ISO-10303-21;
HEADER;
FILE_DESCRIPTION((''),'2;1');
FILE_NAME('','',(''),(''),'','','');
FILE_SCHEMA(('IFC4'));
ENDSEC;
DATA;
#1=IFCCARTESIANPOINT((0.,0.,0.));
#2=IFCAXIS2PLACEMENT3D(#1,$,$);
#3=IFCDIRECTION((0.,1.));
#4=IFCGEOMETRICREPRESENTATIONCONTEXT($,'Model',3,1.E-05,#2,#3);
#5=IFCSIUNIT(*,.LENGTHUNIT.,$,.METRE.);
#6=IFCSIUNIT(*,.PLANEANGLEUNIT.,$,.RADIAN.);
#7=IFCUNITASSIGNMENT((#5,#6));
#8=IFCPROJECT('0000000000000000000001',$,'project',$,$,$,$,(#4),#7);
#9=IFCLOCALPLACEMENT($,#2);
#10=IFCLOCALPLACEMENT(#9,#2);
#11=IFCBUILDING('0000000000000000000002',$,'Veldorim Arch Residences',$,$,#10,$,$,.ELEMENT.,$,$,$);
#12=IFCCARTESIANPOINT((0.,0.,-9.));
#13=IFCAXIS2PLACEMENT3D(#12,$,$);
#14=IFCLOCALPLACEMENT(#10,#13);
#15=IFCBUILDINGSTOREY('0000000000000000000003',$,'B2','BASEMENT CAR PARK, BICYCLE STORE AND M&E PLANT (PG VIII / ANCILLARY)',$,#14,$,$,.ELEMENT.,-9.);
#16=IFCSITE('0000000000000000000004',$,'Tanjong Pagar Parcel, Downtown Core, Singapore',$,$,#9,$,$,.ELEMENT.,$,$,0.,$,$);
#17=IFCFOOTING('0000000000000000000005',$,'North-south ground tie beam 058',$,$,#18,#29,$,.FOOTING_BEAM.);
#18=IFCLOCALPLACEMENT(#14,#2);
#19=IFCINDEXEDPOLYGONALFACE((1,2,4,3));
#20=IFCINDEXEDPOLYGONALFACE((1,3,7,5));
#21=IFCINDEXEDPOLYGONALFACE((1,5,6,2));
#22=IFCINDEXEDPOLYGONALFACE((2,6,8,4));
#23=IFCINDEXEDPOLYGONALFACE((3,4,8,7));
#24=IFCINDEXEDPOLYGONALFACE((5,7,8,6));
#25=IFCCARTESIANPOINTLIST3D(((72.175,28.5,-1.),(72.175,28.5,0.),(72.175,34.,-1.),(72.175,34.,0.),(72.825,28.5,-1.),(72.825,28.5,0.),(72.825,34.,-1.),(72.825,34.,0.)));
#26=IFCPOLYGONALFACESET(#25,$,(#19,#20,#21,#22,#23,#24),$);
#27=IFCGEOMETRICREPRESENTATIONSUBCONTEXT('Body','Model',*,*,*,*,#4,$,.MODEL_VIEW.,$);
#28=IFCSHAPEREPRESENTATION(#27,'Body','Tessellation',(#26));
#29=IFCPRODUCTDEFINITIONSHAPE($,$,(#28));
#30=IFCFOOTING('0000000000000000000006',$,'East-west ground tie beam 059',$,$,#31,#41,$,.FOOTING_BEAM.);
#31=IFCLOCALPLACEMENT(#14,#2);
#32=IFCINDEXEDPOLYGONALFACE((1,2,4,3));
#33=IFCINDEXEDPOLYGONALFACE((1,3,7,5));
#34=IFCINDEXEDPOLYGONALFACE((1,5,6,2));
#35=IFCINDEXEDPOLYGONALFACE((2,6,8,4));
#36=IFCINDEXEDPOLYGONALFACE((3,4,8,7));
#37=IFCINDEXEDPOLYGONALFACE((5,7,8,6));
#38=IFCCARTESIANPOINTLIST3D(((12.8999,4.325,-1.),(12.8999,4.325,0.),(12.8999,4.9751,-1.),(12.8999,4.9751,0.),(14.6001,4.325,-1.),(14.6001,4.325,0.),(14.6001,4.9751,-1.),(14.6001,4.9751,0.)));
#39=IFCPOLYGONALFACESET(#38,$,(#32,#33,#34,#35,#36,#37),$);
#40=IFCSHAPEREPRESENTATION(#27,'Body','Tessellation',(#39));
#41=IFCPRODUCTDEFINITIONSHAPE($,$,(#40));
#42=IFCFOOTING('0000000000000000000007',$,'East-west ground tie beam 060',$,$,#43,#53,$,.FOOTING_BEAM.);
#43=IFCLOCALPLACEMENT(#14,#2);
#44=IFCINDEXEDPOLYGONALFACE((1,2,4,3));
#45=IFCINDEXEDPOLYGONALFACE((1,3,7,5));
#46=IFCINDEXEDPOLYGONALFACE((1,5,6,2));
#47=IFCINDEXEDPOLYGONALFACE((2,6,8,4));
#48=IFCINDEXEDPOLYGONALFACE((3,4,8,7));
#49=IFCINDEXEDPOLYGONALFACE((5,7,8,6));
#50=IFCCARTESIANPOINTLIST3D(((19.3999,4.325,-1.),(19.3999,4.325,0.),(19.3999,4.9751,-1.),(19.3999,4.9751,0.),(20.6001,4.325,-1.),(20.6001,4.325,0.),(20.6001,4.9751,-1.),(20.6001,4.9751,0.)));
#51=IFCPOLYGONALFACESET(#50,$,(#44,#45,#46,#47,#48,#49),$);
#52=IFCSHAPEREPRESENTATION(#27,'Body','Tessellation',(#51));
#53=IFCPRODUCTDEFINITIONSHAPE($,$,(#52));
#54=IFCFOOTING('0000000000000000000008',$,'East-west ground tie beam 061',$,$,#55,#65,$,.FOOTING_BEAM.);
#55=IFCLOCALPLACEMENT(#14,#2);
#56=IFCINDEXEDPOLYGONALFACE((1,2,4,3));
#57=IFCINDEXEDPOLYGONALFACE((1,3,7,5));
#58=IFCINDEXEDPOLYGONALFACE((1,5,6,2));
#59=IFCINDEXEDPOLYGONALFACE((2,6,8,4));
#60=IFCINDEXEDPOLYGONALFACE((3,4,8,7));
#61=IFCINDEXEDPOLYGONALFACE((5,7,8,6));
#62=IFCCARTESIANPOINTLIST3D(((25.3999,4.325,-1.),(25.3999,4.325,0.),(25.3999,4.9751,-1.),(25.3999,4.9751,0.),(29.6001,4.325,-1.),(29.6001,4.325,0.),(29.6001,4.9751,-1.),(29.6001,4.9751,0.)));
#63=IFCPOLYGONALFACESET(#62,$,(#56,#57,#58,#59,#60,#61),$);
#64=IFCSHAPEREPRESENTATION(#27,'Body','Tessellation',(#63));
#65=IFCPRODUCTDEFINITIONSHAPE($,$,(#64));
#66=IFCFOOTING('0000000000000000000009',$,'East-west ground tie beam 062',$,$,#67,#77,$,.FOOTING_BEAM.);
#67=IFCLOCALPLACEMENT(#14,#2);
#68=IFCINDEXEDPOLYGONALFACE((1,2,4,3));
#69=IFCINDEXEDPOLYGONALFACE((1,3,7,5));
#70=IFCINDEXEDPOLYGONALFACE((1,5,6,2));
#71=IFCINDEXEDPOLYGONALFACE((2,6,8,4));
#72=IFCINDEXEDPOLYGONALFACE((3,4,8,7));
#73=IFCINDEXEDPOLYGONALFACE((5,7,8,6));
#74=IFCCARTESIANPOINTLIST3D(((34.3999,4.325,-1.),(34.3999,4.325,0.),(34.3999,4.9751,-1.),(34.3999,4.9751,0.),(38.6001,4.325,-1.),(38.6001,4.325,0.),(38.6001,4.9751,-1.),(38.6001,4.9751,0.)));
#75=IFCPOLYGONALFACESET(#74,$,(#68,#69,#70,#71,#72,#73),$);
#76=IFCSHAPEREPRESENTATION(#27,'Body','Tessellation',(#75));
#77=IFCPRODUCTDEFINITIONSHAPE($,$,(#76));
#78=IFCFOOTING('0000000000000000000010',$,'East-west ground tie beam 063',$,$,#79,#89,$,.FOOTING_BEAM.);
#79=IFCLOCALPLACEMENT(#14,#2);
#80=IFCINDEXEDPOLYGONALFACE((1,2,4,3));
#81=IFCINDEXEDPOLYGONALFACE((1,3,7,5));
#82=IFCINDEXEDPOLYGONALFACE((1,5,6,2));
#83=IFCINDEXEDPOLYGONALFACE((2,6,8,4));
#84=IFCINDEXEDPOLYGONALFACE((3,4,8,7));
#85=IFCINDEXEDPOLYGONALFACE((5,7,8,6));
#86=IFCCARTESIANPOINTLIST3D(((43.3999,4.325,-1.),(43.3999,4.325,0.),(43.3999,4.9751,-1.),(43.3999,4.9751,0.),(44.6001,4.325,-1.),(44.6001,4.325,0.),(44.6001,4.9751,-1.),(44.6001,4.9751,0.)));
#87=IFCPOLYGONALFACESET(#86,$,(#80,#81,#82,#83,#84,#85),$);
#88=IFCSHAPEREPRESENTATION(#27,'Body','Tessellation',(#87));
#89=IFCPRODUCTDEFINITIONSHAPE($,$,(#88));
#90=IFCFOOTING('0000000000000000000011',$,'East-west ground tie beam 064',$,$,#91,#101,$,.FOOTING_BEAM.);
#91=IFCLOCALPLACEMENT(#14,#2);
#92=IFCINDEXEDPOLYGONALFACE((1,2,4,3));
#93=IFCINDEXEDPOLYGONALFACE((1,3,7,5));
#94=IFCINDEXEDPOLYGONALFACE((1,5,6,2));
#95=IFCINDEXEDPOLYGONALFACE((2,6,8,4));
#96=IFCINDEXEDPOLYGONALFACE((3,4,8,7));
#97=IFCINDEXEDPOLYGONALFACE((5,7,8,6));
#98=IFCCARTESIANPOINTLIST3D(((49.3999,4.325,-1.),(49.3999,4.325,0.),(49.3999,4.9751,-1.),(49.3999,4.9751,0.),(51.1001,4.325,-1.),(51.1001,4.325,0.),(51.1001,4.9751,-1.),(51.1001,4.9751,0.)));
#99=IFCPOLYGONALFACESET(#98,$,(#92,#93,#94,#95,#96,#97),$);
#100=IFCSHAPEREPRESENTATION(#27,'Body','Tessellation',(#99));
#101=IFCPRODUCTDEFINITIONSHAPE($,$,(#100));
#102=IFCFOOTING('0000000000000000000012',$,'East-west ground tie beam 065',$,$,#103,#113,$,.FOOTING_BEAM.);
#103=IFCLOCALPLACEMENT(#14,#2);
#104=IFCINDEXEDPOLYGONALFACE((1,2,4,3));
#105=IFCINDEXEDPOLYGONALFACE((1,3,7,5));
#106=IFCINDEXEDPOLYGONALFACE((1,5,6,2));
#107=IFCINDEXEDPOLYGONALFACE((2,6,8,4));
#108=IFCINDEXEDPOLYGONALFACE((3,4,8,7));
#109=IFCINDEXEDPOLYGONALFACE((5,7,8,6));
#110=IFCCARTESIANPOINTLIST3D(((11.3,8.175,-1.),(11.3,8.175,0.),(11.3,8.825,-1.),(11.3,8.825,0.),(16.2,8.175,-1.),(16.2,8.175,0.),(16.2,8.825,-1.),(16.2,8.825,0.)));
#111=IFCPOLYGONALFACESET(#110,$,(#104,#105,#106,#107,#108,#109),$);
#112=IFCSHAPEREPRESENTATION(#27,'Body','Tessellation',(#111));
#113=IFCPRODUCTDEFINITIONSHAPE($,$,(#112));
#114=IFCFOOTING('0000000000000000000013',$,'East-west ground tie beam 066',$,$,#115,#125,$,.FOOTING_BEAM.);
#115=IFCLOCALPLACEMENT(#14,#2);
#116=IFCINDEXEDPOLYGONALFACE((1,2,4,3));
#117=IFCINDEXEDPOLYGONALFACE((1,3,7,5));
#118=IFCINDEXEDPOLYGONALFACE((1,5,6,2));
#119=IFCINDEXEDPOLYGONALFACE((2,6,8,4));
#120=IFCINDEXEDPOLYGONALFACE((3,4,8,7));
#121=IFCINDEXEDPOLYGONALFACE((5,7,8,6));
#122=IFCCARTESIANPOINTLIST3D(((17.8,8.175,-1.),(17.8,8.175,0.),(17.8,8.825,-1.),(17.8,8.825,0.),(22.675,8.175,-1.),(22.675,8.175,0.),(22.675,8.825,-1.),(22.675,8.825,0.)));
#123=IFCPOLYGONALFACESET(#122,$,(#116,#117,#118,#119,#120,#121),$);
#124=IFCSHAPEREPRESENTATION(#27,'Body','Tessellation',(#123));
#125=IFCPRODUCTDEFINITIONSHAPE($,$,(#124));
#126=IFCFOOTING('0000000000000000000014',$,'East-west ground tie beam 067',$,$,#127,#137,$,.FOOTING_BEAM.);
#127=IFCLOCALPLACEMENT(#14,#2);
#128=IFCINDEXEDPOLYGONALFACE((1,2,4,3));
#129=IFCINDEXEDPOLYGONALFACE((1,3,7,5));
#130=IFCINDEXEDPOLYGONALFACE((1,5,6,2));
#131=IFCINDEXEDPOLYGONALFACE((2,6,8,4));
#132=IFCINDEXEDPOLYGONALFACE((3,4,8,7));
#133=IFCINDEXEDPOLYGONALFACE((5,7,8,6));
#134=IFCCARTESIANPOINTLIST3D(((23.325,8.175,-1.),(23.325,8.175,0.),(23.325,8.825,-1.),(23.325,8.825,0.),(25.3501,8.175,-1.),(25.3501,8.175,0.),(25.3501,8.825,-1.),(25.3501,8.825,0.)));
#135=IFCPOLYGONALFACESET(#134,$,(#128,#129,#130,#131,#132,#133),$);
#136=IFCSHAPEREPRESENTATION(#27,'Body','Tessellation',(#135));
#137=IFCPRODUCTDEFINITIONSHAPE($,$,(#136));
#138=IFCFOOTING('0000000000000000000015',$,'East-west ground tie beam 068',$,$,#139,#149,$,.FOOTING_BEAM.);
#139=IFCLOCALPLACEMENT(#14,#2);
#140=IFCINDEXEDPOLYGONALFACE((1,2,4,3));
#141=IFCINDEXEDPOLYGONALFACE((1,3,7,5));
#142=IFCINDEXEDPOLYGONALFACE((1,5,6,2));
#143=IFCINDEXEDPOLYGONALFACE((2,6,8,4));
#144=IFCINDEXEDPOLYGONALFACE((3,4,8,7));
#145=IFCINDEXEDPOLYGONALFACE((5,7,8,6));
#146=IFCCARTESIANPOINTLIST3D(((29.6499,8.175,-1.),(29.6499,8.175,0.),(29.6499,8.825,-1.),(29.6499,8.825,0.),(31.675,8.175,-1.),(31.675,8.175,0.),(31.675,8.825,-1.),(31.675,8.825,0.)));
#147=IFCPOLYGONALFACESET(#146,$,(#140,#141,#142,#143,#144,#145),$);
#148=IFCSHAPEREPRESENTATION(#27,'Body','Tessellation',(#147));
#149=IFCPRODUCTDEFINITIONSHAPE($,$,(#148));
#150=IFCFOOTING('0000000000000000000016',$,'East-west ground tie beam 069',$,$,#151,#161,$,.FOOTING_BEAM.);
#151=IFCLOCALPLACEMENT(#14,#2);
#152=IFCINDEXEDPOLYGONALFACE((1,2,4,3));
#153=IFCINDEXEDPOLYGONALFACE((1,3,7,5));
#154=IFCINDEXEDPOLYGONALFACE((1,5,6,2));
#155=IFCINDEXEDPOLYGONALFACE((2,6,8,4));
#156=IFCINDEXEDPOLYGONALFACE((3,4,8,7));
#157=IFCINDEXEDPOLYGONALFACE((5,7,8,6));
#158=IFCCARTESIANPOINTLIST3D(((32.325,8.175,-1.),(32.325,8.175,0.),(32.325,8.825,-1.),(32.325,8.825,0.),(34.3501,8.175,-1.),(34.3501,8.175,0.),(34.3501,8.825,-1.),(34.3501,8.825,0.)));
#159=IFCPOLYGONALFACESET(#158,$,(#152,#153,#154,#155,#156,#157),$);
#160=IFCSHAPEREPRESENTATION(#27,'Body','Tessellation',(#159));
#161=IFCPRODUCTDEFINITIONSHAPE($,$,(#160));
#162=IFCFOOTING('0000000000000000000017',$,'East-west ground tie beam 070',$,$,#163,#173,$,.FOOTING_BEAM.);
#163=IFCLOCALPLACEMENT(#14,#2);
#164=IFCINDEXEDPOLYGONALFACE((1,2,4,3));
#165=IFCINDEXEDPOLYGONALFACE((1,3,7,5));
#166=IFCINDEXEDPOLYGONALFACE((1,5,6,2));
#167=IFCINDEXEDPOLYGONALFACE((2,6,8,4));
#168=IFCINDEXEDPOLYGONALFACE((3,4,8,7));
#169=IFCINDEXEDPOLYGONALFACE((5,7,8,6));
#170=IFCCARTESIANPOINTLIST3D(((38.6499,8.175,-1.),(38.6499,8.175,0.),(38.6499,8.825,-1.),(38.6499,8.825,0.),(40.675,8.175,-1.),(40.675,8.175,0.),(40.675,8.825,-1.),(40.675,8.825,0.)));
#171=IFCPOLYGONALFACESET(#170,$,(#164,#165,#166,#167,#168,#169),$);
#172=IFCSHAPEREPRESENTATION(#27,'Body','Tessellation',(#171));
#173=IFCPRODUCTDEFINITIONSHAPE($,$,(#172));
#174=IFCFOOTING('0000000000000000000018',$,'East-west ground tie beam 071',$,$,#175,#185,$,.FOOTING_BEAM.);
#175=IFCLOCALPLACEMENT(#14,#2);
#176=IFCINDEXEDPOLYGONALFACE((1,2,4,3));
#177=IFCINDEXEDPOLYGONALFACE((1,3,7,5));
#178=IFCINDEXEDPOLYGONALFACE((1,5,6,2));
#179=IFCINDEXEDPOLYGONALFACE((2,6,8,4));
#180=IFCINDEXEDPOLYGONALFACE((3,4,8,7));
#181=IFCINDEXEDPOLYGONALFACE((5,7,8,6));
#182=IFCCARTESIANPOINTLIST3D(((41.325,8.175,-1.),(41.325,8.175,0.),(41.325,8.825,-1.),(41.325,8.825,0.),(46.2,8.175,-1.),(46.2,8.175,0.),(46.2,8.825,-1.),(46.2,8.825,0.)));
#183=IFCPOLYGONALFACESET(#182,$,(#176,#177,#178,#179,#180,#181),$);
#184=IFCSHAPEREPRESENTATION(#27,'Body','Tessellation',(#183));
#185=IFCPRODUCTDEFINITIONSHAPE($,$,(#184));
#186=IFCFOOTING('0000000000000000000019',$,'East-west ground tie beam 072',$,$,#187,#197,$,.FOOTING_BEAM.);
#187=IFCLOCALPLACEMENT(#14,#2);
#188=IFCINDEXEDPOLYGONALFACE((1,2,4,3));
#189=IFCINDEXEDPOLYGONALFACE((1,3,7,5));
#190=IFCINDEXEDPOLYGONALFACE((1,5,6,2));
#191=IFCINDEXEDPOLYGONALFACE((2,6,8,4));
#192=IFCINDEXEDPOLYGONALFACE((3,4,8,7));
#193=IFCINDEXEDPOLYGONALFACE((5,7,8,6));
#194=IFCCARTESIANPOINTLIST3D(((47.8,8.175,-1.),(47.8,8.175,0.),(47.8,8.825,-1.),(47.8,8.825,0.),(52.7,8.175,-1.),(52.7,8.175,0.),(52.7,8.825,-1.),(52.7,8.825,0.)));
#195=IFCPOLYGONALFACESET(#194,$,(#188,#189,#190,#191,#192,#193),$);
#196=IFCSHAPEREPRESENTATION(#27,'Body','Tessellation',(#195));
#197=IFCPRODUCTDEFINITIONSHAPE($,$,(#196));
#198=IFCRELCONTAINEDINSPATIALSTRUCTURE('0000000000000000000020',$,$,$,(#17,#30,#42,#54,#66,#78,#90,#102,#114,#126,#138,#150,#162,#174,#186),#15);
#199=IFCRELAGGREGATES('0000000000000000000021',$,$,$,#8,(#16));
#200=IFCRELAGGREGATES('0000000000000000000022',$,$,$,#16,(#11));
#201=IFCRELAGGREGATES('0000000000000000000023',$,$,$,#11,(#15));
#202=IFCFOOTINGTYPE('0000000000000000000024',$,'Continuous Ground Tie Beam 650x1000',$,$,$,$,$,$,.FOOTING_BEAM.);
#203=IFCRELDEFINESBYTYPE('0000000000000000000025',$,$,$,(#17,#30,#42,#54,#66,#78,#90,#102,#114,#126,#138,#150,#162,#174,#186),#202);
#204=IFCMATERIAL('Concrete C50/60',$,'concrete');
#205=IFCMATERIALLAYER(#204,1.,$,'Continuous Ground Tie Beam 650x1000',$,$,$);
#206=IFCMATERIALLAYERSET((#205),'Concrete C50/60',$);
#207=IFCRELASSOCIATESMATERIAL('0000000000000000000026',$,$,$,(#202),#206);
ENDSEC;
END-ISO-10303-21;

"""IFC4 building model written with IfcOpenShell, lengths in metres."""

from ifc_helpers import new_model, si_unit, direction, frame, origin, place, context, subcontext, project, spatial, polyline, outline, extrude, material, layer, layer_set, type_object, element, save


model = new_model("IFC4")

# Units and contexts
model_context = context("Model", 3, precision=1e-05, world=origin(), true_north=direction((0.0, 1.0)))
body_context = subcontext(model_context, "Body", "Model", "MODEL_VIEW")
ifc_project = project(units=[si_unit("LENGTHUNIT", "METRE"), si_unit("PLANEANGLEUNIT", "RADIAN")], contexts=[model_context])

# Site, building, storey
site_placement = place(None, origin())
site = spatial("IfcSite", under=ifc_project, at=site_placement, Name="Tanjong Pagar Parcel, Downtown Core, Singapore", CompositionType="ELEMENT", RefElevation=0.0)
building_placement = place(site_placement, origin())
building = spatial("IfcBuilding", under=site, at=building_placement, Name="Veldorim Arch Residences", CompositionType="ELEMENT")
storey_placement = place(building_placement, frame((0.0, 0.0, -9.0)))
storey = spatial("IfcBuildingStorey", under=building, at=storey_placement, Name="B2", Description="BASEMENT CAR PARK, BICYCLE STORE AND M&E PLANT (PG VIII / ANCILLARY)", CompositionType="ELEMENT", Elevation=-9.0)

# Footings
ifc_material = material(Name="Concrete C50/60", Category="concrete")
ifc_layer = layer(ifc_material, 1.0, Name="Continuous Ground Tie Beam 650x1000")
ifc_layer_set = layer_set([ifc_layer], Name="Concrete C50/60")
footing_type = type_object("IfcFootingType", Name="Continuous Ground Tie Beam 650x1000", PredefinedType="FOOTING_BEAM", material=ifc_layer_set)
footing_1_placement = place(storey_placement, frame((0.0, 0.0, -1.0)))
element("IfcFooting", 1, at=footing_1_placement, inside=storey, type_object=footing_type, Name="North-south ground tie beam 058", PredefinedType="FOOTING_BEAM", context=body_context, shape_type="SweptSolid", body=[
    extrude(outline(polyline([(72.175, 28.5), (72.825, 28.5), (72.825, 34.0), (72.175, 34.0), (72.175, 28.5)])), origin(), (0.0, 0.0, 1.0), 1.0),
])
footing_2_placement = place(storey_placement, frame((0.0, 0.0, -1.0)))
element("IfcFooting", 2, at=footing_2_placement, inside=storey, type_object=footing_type, Name="East-west ground tie beam 059", PredefinedType="FOOTING_BEAM", context=body_context, shape_type="SweptSolid", body=[
    extrude(outline(polyline([(12.8999, 4.325), (14.6001, 4.325), (14.6001, 4.9751), (12.8999, 4.9751), (12.8999, 4.325)])), origin(), (0.0, 0.0, 1.0), 1.0),
])
footing_3_placement = place(storey_placement, frame((0.0, 0.0, -1.0)))
element("IfcFooting", 3, at=footing_3_placement, inside=storey, type_object=footing_type, Name="East-west ground tie beam 060", PredefinedType="FOOTING_BEAM", context=body_context, shape_type="SweptSolid", body=[
    extrude(outline(polyline([(19.3999, 4.325), (20.6001, 4.325), (20.6001, 4.9751), (19.3999, 4.9751), (19.3999, 4.325)])), origin(), (0.0, 0.0, 1.0), 1.0),
])
footing_4_placement = place(storey_placement, frame((0.0, 0.0, -1.0)))
element("IfcFooting", 4, at=footing_4_placement, inside=storey, type_object=footing_type, Name="East-west ground tie beam 061", PredefinedType="FOOTING_BEAM", context=body_context, shape_type="SweptSolid", body=[
    extrude(outline(polyline([(25.3999, 4.325), (29.6001, 4.325), (29.6001, 4.9751), (25.3999, 4.9751), (25.3999, 4.325)])), origin(), (0.0, 0.0, 1.0), 1.0),
])
footing_5_placement = place(storey_placement, frame((0.0, 0.0, -1.0)))
element("IfcFooting", 5, at=footing_5_placement, inside=storey, type_object=footing_type, Name="East-west ground tie beam 062", PredefinedType="FOOTING_BEAM", context=body_context, shape_type="SweptSolid", body=[
    extrude(outline(polyline([(34.3999, 4.325), (38.6001, 4.325), (38.6001, 4.9751), (34.3999, 4.9751), (34.3999, 4.325)])), origin(), (0.0, 0.0, 1.0), 1.0),
])
footing_6_placement = place(storey_placement, frame((0.0, 0.0, -1.0)))
element("IfcFooting", 6, at=footing_6_placement, inside=storey, type_object=footing_type, Name="East-west ground tie beam 063", PredefinedType="FOOTING_BEAM", context=body_context, shape_type="SweptSolid", body=[
    extrude(outline(polyline([(43.3999, 4.325), (44.6001, 4.325), (44.6001, 4.9751), (43.3999, 4.9751), (43.3999, 4.325)])), origin(), (0.0, 0.0, 1.0), 1.0),
])
footing_7_placement = place(storey_placement, frame((0.0, 0.0, -1.0)))
element("IfcFooting", 7, at=footing_7_placement, inside=storey, type_object=footing_type, Name="East-west ground tie beam 064", PredefinedType="FOOTING_BEAM", context=body_context, shape_type="SweptSolid", body=[
    extrude(outline(polyline([(49.3999, 4.325), (51.1001, 4.325), (51.1001, 4.9751), (49.3999, 4.9751), (49.3999, 4.325)])), origin(), (0.0, 0.0, 1.0), 1.0),
])
footing_8_placement = place(storey_placement, frame((0.0, 0.0, -1.0)))
element("IfcFooting", 8, at=footing_8_placement, inside=storey, type_object=footing_type, Name="East-west ground tie beam 065", PredefinedType="FOOTING_BEAM", context=body_context, shape_type="SweptSolid", body=[
    extrude(outline(polyline([(11.3, 8.175), (16.2, 8.175), (16.2, 8.825), (11.3, 8.825), (11.3, 8.175)])), origin(), (0.0, 0.0, 1.0), 1.0),
])
footing_9_placement = place(storey_placement, frame((0.0, 0.0, -1.0)))
element("IfcFooting", 9, at=footing_9_placement, inside=storey, type_object=footing_type, Name="East-west ground tie beam 066", PredefinedType="FOOTING_BEAM", context=body_context, shape_type="SweptSolid", body=[
    extrude(outline(polyline([(17.8, 8.175), (22.675, 8.175), (22.675, 8.825), (17.8, 8.825), (17.8, 8.175)])), origin(), (0.0, 0.0, 1.0), 1.0),
])
footing_10_placement = place(storey_placement, frame((0.0, 0.0, -1.0)))
element("IfcFooting", 10, at=footing_10_placement, inside=storey, type_object=footing_type, Name="East-west ground tie beam 067", PredefinedType="FOOTING_BEAM", context=body_context, shape_type="SweptSolid", body=[
    extrude(outline(polyline([(23.325, 8.175), (25.3501, 8.175), (25.3501, 8.825), (23.325, 8.825), (23.325, 8.175)])), origin(), (0.0, 0.0, 1.0), 1.0),
])
footing_11_placement = place(storey_placement, frame((0.0, 0.0, -1.0)))
element("IfcFooting", 11, at=footing_11_placement, inside=storey, type_object=footing_type, Name="East-west ground tie beam 068", PredefinedType="FOOTING_BEAM", context=body_context, shape_type="SweptSolid", body=[
    extrude(outline(polyline([(29.6499, 8.175), (31.675, 8.175), (31.675, 8.825), (29.6499, 8.825), (29.6499, 8.175)])), origin(), (0.0, 0.0, 1.0), 1.0),
])
footing_12_placement = place(storey_placement, frame((0.0, 0.0, -1.0)))
element("IfcFooting", 12, at=footing_12_placement, inside=storey, type_object=footing_type, Name="East-west ground tie beam 069", PredefinedType="FOOTING_BEAM", context=body_context, shape_type="SweptSolid", body=[
    extrude(outline(polyline([(32.325, 8.175), (34.3501, 8.175), (34.3501, 8.825), (32.325, 8.825), (32.325, 8.175)])), origin(), (0.0, 0.0, 1.0), 1.0),
])
footing_13_placement = place(storey_placement, frame((0.0, 0.0, -1.0)))
element("IfcFooting", 13, at=footing_13_placement, inside=storey, type_object=footing_type, Name="East-west ground tie beam 070", PredefinedType="FOOTING_BEAM", context=body_context, shape_type="SweptSolid", body=[
    extrude(outline(polyline([(38.6499, 8.175), (40.675, 8.175), (40.675, 8.825), (38.6499, 8.825), (38.6499, 8.175)])), origin(), (0.0, 0.0, 1.0), 1.0),
])
footing_14_placement = place(storey_placement, frame((0.0, 0.0, -1.0)))
element("IfcFooting", 14, at=footing_14_placement, inside=storey, type_object=footing_type, Name="East-west ground tie beam 071", PredefinedType="FOOTING_BEAM", context=body_context, shape_type="SweptSolid", body=[
    extrude(outline(polyline([(41.325, 8.175), (46.2, 8.175), (46.2, 8.825), (41.325, 8.825), (41.325, 8.175)])), origin(), (0.0, 0.0, 1.0), 1.0),
])
footing_15_placement = place(storey_placement, frame((0.0, 0.0, -1.0)))
element("IfcFooting", 15, at=footing_15_placement, inside=storey, type_object=footing_type, Name="East-west ground tie beam 072", PredefinedType="FOOTING_BEAM", context=body_context, shape_type="SweptSolid", body=[
    extrude(outline(polyline([(47.8, 8.175), (52.7, 8.175), (52.7, 8.825), (47.8, 8.825), (47.8, 8.175)])), origin(), (0.0, 0.0, 1.0), 1.0),
])

save(model, "model.ifc")
